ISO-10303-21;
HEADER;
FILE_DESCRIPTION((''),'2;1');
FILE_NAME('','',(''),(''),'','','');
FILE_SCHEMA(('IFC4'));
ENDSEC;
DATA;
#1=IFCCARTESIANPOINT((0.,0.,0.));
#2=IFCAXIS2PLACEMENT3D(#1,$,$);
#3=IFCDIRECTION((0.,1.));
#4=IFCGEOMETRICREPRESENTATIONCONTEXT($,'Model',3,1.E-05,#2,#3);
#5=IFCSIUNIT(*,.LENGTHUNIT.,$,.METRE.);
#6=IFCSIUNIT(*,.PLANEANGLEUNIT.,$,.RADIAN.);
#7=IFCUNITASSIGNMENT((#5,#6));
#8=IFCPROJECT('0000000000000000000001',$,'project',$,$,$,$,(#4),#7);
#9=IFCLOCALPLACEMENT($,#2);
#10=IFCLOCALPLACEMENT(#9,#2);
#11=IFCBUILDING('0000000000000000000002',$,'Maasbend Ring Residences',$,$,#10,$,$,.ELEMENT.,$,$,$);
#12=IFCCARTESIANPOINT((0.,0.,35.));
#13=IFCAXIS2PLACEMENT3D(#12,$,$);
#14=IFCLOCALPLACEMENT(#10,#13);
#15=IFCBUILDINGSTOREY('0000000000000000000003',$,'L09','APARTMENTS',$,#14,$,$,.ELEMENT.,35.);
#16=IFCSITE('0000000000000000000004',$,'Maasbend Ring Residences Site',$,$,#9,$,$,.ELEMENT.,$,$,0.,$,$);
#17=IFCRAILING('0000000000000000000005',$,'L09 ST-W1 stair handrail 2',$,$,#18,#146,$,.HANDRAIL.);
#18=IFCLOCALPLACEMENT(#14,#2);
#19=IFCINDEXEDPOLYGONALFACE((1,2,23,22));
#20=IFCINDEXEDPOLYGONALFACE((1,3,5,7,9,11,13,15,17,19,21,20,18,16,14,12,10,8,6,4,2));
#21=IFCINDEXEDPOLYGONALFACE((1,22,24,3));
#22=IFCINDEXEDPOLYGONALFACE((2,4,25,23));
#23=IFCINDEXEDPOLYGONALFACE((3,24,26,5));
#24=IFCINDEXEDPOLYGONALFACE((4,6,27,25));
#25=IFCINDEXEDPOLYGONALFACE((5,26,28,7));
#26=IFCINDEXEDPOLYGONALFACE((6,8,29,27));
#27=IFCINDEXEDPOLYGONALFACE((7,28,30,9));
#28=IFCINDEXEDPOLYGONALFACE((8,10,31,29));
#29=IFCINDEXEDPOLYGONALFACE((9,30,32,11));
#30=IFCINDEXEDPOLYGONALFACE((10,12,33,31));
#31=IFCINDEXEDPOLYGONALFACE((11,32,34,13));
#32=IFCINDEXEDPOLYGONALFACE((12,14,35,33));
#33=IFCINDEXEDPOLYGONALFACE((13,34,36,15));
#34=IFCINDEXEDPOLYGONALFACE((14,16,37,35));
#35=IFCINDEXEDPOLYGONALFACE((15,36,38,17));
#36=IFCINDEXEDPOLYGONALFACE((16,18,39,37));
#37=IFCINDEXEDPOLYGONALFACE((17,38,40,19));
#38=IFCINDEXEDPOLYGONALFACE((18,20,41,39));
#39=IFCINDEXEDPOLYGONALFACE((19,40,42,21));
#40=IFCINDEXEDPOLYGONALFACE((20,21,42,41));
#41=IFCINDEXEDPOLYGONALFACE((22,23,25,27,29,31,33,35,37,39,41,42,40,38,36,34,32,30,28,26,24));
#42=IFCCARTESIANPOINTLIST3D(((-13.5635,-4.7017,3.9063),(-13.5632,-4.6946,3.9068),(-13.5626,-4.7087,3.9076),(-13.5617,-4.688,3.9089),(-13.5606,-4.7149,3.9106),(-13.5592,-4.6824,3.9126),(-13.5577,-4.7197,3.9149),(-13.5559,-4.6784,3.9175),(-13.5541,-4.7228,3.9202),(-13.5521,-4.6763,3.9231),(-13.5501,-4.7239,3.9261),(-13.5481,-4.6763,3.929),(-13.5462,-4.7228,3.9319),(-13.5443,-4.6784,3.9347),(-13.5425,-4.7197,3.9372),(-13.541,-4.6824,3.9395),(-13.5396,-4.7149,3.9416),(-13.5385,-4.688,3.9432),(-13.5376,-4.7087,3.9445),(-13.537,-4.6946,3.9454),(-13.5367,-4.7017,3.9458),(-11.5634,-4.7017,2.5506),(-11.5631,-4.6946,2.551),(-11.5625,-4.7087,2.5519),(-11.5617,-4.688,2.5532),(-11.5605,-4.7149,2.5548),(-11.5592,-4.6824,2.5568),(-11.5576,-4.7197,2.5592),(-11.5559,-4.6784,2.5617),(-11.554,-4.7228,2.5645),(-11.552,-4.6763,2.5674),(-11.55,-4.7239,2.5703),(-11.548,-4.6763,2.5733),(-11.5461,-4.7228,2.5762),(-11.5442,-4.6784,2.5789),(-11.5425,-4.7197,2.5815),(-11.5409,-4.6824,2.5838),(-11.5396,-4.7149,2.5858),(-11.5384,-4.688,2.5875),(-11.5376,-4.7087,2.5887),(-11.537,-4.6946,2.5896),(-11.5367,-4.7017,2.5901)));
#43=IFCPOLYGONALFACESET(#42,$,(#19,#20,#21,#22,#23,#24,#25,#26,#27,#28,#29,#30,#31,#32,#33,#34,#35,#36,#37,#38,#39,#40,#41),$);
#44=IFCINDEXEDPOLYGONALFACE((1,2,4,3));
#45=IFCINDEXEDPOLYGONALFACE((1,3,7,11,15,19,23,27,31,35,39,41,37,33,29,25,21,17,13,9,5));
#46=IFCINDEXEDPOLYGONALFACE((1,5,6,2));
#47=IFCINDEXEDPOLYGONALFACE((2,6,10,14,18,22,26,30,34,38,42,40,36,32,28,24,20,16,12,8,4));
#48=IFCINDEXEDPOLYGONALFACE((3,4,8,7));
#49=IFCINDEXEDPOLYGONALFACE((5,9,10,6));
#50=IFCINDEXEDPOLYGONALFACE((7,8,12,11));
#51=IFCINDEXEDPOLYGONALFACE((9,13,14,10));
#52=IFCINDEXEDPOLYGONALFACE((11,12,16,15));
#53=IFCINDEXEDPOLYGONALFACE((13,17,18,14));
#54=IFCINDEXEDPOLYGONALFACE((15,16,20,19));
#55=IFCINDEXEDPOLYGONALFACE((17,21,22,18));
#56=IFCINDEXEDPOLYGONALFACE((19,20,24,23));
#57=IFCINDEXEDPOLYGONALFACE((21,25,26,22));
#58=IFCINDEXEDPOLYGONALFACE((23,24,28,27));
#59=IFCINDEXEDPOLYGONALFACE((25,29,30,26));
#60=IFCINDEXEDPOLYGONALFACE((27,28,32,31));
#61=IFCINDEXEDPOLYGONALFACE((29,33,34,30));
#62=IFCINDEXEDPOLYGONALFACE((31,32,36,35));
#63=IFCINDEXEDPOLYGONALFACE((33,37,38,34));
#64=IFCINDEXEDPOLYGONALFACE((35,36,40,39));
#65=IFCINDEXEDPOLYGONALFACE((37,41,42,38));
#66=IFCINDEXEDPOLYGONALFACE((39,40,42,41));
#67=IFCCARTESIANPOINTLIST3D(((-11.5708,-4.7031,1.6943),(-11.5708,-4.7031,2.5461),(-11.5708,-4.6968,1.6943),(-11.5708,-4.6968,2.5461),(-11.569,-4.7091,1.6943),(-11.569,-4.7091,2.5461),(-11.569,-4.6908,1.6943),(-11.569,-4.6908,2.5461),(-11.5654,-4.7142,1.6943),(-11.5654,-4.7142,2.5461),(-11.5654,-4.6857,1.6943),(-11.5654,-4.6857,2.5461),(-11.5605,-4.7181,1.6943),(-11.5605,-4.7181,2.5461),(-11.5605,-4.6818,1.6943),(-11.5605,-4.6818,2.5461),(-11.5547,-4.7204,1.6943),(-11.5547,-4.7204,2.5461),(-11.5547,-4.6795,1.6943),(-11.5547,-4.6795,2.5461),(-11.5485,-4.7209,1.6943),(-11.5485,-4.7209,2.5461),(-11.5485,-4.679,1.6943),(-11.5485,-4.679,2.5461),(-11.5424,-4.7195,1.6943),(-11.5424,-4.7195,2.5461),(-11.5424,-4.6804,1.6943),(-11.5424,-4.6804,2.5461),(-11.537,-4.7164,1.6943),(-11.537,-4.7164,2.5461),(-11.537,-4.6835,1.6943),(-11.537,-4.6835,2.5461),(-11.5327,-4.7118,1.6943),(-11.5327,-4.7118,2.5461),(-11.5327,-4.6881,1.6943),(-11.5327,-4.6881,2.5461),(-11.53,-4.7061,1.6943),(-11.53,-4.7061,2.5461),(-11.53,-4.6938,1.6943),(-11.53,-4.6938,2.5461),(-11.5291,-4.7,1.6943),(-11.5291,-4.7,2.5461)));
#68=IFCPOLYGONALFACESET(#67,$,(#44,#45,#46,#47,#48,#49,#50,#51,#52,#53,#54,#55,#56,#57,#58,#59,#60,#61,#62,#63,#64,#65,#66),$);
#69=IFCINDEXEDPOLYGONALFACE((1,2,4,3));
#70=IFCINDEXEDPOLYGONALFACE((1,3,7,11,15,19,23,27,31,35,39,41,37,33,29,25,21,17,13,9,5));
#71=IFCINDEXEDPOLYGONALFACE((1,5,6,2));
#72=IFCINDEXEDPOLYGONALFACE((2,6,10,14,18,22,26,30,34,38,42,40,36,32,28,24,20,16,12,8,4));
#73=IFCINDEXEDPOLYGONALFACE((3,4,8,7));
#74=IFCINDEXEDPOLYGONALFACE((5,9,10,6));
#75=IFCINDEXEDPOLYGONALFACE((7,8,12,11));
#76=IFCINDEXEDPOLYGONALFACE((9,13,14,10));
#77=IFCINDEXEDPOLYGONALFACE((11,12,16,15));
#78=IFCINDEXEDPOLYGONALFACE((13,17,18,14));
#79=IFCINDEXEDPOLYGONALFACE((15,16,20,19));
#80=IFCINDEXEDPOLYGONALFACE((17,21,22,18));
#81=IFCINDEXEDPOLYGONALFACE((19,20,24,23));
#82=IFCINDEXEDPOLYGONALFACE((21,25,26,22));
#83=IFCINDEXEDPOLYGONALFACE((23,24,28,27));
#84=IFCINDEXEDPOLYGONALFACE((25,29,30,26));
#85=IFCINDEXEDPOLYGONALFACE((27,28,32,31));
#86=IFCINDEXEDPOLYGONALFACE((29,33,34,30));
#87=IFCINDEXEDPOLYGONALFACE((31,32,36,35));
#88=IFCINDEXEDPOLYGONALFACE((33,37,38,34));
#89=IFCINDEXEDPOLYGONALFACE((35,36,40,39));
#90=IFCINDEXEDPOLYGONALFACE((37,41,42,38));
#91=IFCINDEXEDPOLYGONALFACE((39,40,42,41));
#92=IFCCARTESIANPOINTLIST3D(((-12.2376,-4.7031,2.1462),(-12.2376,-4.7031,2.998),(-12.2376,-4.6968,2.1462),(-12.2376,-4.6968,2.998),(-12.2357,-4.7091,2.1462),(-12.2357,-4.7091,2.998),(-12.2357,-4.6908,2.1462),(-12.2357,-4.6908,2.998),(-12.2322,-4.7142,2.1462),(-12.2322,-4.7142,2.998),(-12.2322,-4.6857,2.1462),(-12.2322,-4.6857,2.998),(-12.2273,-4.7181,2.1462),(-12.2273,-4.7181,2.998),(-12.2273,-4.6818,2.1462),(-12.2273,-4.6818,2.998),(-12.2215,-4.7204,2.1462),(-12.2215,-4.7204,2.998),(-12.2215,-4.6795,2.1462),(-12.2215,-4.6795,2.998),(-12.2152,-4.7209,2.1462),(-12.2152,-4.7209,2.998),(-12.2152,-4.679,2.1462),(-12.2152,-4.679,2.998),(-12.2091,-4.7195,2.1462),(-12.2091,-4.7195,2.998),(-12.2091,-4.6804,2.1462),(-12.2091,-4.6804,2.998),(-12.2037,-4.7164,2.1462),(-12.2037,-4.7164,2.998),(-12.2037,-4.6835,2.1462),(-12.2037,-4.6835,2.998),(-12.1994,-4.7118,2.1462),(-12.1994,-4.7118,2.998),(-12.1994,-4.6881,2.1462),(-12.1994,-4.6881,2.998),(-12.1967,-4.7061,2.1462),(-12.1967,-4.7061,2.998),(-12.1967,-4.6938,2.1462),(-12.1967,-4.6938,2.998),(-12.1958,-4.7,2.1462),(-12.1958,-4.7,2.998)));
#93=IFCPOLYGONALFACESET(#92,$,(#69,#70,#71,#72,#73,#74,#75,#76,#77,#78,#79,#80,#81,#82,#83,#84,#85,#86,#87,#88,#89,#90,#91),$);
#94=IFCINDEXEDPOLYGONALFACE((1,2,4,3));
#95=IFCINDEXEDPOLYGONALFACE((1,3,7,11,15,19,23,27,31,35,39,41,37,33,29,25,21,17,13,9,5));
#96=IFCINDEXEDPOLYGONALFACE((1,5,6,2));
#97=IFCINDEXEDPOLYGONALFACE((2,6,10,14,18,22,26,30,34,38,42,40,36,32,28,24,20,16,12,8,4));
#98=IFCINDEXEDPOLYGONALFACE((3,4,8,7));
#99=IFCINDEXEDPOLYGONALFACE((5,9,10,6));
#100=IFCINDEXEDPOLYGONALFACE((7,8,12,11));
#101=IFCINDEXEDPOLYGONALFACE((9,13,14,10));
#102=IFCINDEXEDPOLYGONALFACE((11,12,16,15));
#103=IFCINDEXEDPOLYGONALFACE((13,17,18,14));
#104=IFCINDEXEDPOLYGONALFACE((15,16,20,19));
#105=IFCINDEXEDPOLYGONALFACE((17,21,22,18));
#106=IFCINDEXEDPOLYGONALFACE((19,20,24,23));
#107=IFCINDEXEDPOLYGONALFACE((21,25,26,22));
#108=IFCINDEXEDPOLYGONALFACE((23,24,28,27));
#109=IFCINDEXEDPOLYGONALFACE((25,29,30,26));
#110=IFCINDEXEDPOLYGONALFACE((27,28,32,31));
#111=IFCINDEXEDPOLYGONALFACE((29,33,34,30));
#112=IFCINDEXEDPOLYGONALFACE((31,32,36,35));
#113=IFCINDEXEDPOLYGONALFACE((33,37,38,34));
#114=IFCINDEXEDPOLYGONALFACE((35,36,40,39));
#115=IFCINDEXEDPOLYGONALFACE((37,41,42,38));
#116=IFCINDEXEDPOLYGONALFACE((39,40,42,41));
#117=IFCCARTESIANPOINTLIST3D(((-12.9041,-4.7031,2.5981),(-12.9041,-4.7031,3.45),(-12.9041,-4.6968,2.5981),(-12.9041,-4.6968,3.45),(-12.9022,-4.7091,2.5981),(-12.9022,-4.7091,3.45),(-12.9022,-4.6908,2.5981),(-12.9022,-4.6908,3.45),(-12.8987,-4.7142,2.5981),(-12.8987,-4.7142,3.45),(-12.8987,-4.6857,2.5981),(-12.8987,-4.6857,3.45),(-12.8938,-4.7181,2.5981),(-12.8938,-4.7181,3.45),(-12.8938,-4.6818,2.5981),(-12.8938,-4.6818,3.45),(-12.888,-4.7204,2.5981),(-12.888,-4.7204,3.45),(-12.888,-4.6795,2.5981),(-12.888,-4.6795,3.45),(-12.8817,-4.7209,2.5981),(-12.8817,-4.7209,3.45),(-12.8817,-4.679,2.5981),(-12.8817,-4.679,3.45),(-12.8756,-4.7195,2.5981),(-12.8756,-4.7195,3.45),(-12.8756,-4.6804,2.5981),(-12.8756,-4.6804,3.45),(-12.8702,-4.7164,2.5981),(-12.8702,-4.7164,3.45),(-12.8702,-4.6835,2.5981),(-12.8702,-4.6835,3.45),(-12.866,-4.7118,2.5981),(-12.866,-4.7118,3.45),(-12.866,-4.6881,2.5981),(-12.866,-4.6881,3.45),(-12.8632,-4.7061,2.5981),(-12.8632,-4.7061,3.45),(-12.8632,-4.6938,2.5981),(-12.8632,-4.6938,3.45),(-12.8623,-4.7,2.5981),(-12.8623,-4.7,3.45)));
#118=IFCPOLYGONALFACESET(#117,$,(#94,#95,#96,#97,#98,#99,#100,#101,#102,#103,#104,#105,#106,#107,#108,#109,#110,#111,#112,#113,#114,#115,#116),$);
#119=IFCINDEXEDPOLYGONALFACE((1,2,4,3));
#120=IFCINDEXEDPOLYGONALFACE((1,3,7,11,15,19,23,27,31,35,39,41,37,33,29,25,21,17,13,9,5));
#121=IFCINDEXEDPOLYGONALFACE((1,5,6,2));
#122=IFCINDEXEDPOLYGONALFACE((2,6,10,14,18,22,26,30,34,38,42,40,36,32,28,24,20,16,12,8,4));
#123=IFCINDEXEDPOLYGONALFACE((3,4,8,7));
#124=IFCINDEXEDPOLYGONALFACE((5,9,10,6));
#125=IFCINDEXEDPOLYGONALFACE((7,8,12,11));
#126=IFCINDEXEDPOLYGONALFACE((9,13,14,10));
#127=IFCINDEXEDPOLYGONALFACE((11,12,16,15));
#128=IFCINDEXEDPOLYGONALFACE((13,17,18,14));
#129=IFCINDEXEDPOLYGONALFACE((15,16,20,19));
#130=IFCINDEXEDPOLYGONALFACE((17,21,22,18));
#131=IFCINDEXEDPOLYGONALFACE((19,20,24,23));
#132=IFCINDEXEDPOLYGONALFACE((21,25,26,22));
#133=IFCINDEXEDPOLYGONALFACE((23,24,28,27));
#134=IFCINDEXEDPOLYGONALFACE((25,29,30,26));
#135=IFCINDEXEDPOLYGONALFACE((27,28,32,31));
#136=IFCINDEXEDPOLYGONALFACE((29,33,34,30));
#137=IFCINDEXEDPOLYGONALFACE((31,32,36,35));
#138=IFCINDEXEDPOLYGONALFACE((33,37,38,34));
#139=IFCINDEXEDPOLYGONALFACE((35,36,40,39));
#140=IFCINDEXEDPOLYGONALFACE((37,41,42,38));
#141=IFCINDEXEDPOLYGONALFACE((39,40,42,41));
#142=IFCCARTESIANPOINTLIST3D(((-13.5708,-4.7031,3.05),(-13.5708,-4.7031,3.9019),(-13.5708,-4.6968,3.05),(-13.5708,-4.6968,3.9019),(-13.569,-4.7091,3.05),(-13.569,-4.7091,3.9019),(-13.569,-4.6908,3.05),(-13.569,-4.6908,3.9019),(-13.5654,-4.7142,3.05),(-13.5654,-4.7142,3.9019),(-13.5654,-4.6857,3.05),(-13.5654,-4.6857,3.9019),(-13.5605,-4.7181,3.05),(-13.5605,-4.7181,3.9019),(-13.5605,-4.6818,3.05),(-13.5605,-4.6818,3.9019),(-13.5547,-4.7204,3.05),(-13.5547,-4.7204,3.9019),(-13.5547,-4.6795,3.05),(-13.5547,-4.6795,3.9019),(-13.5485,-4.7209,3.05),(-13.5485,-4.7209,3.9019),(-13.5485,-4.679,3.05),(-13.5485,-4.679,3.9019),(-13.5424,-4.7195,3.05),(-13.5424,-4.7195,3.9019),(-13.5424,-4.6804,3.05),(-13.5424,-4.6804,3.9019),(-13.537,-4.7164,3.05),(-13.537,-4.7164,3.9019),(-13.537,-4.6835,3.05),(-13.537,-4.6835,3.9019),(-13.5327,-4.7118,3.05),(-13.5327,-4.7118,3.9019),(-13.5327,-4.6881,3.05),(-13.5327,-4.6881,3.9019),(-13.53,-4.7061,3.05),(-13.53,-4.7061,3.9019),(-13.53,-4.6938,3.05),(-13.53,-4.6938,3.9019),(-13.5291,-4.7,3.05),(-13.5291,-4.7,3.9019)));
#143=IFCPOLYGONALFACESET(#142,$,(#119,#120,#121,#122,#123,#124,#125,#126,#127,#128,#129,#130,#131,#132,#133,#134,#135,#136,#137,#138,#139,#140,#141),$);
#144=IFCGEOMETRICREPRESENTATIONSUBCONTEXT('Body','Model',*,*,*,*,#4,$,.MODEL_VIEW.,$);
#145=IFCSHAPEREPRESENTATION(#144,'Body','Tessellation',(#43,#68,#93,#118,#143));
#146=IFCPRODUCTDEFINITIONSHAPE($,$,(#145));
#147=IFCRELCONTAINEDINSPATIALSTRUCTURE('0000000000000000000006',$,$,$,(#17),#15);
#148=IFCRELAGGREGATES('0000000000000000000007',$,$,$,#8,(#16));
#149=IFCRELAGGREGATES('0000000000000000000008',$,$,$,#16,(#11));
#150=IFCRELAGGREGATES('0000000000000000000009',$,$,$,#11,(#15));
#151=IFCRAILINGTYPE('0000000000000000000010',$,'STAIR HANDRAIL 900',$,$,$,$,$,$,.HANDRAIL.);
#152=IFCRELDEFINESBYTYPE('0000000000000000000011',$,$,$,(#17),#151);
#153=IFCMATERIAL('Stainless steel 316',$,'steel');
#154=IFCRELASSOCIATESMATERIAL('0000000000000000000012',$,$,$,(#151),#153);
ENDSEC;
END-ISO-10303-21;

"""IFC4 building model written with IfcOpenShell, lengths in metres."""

from ifc_helpers import new_model, si_unit, direction, frame, origin, origin_2d, place, context, subcontext, project, spatial, circle, extrude, material, type_object, element, save


model = new_model("IFC4")

# Units and contexts
model_context = context("Model", 3, precision=1e-05, world=origin(), true_north=direction((0.0, 1.0)))
body_context = subcontext(model_context, "Body", "Model", "MODEL_VIEW")
ifc_project = project(units=[si_unit("LENGTHUNIT", "METRE"), si_unit("PLANEANGLEUNIT", "RADIAN")], contexts=[model_context])

# Site, building, storey
site_placement = place(None, origin())
site = spatial("IfcSite", under=ifc_project, at=site_placement, Name="Maasbend Ring Residences Site", CompositionType="ELEMENT", RefElevation=0.0)
building_placement = place(site_placement, origin())
building = spatial("IfcBuilding", under=site, at=building_placement, Name="Maasbend Ring Residences", CompositionType="ELEMENT")
storey_placement = place(building_placement, frame((0.0, 0.0, 35.0)))
storey = spatial("IfcBuildingStorey", under=building, at=storey_placement, Name="L09", Description="APARTMENTS", CompositionType="ELEMENT", Elevation=35.0)

# Railing
ifc_material_1 = material(Name="Stainless steel 316", Category="steel")
railing_type_1 = type_object("IfcRailingType", Name="STAIR HANDRAIL 900", PredefinedType="HANDRAIL", material=ifc_material_1)
railing_1_placement = place(storey_placement, frame((-11.55, -4.7, 1.6943)))
element("IfcRailing", 1, at=railing_1_placement, inside=storey, type_object=railing_type_1, Name="L09 ST-W1 stair handrail 2", PredefinedType="HANDRAIL", context=body_context, shape_type="SweptSolid", body=[
    extrude(circle(Radius=0.0239, at=origin_2d()), frame((0.0, 0.0, 0.876), z_axis=(-0.827751, 0.0, 0.561096), x_axis=(0.0, -1.0, 0.0)), (0.0, 0.0, 1.0), 2.4163),
    extrude(circle(Radius=0.021, at=origin_2d()), origin(), (0.0, 0.0, 1.0), 0.8518),
    extrude(circle(Radius=0.021, at=origin_2d()), frame((-0.6667, 0.0, 0.4519)), (0.0, 0.0, 1.0), 0.8518),
    extrude(circle(Radius=0.021, at=origin_2d()), frame((-1.3333, 0.0, 0.9038)), (0.0, 0.0, 1.0), 0.8518),
    extrude(circle(Radius=0.021, at=origin_2d()), frame((-2.0, 0.0, 1.3557)), (0.0, 0.0, 1.0), 0.8518),
])

save(model, "model.ifc")
